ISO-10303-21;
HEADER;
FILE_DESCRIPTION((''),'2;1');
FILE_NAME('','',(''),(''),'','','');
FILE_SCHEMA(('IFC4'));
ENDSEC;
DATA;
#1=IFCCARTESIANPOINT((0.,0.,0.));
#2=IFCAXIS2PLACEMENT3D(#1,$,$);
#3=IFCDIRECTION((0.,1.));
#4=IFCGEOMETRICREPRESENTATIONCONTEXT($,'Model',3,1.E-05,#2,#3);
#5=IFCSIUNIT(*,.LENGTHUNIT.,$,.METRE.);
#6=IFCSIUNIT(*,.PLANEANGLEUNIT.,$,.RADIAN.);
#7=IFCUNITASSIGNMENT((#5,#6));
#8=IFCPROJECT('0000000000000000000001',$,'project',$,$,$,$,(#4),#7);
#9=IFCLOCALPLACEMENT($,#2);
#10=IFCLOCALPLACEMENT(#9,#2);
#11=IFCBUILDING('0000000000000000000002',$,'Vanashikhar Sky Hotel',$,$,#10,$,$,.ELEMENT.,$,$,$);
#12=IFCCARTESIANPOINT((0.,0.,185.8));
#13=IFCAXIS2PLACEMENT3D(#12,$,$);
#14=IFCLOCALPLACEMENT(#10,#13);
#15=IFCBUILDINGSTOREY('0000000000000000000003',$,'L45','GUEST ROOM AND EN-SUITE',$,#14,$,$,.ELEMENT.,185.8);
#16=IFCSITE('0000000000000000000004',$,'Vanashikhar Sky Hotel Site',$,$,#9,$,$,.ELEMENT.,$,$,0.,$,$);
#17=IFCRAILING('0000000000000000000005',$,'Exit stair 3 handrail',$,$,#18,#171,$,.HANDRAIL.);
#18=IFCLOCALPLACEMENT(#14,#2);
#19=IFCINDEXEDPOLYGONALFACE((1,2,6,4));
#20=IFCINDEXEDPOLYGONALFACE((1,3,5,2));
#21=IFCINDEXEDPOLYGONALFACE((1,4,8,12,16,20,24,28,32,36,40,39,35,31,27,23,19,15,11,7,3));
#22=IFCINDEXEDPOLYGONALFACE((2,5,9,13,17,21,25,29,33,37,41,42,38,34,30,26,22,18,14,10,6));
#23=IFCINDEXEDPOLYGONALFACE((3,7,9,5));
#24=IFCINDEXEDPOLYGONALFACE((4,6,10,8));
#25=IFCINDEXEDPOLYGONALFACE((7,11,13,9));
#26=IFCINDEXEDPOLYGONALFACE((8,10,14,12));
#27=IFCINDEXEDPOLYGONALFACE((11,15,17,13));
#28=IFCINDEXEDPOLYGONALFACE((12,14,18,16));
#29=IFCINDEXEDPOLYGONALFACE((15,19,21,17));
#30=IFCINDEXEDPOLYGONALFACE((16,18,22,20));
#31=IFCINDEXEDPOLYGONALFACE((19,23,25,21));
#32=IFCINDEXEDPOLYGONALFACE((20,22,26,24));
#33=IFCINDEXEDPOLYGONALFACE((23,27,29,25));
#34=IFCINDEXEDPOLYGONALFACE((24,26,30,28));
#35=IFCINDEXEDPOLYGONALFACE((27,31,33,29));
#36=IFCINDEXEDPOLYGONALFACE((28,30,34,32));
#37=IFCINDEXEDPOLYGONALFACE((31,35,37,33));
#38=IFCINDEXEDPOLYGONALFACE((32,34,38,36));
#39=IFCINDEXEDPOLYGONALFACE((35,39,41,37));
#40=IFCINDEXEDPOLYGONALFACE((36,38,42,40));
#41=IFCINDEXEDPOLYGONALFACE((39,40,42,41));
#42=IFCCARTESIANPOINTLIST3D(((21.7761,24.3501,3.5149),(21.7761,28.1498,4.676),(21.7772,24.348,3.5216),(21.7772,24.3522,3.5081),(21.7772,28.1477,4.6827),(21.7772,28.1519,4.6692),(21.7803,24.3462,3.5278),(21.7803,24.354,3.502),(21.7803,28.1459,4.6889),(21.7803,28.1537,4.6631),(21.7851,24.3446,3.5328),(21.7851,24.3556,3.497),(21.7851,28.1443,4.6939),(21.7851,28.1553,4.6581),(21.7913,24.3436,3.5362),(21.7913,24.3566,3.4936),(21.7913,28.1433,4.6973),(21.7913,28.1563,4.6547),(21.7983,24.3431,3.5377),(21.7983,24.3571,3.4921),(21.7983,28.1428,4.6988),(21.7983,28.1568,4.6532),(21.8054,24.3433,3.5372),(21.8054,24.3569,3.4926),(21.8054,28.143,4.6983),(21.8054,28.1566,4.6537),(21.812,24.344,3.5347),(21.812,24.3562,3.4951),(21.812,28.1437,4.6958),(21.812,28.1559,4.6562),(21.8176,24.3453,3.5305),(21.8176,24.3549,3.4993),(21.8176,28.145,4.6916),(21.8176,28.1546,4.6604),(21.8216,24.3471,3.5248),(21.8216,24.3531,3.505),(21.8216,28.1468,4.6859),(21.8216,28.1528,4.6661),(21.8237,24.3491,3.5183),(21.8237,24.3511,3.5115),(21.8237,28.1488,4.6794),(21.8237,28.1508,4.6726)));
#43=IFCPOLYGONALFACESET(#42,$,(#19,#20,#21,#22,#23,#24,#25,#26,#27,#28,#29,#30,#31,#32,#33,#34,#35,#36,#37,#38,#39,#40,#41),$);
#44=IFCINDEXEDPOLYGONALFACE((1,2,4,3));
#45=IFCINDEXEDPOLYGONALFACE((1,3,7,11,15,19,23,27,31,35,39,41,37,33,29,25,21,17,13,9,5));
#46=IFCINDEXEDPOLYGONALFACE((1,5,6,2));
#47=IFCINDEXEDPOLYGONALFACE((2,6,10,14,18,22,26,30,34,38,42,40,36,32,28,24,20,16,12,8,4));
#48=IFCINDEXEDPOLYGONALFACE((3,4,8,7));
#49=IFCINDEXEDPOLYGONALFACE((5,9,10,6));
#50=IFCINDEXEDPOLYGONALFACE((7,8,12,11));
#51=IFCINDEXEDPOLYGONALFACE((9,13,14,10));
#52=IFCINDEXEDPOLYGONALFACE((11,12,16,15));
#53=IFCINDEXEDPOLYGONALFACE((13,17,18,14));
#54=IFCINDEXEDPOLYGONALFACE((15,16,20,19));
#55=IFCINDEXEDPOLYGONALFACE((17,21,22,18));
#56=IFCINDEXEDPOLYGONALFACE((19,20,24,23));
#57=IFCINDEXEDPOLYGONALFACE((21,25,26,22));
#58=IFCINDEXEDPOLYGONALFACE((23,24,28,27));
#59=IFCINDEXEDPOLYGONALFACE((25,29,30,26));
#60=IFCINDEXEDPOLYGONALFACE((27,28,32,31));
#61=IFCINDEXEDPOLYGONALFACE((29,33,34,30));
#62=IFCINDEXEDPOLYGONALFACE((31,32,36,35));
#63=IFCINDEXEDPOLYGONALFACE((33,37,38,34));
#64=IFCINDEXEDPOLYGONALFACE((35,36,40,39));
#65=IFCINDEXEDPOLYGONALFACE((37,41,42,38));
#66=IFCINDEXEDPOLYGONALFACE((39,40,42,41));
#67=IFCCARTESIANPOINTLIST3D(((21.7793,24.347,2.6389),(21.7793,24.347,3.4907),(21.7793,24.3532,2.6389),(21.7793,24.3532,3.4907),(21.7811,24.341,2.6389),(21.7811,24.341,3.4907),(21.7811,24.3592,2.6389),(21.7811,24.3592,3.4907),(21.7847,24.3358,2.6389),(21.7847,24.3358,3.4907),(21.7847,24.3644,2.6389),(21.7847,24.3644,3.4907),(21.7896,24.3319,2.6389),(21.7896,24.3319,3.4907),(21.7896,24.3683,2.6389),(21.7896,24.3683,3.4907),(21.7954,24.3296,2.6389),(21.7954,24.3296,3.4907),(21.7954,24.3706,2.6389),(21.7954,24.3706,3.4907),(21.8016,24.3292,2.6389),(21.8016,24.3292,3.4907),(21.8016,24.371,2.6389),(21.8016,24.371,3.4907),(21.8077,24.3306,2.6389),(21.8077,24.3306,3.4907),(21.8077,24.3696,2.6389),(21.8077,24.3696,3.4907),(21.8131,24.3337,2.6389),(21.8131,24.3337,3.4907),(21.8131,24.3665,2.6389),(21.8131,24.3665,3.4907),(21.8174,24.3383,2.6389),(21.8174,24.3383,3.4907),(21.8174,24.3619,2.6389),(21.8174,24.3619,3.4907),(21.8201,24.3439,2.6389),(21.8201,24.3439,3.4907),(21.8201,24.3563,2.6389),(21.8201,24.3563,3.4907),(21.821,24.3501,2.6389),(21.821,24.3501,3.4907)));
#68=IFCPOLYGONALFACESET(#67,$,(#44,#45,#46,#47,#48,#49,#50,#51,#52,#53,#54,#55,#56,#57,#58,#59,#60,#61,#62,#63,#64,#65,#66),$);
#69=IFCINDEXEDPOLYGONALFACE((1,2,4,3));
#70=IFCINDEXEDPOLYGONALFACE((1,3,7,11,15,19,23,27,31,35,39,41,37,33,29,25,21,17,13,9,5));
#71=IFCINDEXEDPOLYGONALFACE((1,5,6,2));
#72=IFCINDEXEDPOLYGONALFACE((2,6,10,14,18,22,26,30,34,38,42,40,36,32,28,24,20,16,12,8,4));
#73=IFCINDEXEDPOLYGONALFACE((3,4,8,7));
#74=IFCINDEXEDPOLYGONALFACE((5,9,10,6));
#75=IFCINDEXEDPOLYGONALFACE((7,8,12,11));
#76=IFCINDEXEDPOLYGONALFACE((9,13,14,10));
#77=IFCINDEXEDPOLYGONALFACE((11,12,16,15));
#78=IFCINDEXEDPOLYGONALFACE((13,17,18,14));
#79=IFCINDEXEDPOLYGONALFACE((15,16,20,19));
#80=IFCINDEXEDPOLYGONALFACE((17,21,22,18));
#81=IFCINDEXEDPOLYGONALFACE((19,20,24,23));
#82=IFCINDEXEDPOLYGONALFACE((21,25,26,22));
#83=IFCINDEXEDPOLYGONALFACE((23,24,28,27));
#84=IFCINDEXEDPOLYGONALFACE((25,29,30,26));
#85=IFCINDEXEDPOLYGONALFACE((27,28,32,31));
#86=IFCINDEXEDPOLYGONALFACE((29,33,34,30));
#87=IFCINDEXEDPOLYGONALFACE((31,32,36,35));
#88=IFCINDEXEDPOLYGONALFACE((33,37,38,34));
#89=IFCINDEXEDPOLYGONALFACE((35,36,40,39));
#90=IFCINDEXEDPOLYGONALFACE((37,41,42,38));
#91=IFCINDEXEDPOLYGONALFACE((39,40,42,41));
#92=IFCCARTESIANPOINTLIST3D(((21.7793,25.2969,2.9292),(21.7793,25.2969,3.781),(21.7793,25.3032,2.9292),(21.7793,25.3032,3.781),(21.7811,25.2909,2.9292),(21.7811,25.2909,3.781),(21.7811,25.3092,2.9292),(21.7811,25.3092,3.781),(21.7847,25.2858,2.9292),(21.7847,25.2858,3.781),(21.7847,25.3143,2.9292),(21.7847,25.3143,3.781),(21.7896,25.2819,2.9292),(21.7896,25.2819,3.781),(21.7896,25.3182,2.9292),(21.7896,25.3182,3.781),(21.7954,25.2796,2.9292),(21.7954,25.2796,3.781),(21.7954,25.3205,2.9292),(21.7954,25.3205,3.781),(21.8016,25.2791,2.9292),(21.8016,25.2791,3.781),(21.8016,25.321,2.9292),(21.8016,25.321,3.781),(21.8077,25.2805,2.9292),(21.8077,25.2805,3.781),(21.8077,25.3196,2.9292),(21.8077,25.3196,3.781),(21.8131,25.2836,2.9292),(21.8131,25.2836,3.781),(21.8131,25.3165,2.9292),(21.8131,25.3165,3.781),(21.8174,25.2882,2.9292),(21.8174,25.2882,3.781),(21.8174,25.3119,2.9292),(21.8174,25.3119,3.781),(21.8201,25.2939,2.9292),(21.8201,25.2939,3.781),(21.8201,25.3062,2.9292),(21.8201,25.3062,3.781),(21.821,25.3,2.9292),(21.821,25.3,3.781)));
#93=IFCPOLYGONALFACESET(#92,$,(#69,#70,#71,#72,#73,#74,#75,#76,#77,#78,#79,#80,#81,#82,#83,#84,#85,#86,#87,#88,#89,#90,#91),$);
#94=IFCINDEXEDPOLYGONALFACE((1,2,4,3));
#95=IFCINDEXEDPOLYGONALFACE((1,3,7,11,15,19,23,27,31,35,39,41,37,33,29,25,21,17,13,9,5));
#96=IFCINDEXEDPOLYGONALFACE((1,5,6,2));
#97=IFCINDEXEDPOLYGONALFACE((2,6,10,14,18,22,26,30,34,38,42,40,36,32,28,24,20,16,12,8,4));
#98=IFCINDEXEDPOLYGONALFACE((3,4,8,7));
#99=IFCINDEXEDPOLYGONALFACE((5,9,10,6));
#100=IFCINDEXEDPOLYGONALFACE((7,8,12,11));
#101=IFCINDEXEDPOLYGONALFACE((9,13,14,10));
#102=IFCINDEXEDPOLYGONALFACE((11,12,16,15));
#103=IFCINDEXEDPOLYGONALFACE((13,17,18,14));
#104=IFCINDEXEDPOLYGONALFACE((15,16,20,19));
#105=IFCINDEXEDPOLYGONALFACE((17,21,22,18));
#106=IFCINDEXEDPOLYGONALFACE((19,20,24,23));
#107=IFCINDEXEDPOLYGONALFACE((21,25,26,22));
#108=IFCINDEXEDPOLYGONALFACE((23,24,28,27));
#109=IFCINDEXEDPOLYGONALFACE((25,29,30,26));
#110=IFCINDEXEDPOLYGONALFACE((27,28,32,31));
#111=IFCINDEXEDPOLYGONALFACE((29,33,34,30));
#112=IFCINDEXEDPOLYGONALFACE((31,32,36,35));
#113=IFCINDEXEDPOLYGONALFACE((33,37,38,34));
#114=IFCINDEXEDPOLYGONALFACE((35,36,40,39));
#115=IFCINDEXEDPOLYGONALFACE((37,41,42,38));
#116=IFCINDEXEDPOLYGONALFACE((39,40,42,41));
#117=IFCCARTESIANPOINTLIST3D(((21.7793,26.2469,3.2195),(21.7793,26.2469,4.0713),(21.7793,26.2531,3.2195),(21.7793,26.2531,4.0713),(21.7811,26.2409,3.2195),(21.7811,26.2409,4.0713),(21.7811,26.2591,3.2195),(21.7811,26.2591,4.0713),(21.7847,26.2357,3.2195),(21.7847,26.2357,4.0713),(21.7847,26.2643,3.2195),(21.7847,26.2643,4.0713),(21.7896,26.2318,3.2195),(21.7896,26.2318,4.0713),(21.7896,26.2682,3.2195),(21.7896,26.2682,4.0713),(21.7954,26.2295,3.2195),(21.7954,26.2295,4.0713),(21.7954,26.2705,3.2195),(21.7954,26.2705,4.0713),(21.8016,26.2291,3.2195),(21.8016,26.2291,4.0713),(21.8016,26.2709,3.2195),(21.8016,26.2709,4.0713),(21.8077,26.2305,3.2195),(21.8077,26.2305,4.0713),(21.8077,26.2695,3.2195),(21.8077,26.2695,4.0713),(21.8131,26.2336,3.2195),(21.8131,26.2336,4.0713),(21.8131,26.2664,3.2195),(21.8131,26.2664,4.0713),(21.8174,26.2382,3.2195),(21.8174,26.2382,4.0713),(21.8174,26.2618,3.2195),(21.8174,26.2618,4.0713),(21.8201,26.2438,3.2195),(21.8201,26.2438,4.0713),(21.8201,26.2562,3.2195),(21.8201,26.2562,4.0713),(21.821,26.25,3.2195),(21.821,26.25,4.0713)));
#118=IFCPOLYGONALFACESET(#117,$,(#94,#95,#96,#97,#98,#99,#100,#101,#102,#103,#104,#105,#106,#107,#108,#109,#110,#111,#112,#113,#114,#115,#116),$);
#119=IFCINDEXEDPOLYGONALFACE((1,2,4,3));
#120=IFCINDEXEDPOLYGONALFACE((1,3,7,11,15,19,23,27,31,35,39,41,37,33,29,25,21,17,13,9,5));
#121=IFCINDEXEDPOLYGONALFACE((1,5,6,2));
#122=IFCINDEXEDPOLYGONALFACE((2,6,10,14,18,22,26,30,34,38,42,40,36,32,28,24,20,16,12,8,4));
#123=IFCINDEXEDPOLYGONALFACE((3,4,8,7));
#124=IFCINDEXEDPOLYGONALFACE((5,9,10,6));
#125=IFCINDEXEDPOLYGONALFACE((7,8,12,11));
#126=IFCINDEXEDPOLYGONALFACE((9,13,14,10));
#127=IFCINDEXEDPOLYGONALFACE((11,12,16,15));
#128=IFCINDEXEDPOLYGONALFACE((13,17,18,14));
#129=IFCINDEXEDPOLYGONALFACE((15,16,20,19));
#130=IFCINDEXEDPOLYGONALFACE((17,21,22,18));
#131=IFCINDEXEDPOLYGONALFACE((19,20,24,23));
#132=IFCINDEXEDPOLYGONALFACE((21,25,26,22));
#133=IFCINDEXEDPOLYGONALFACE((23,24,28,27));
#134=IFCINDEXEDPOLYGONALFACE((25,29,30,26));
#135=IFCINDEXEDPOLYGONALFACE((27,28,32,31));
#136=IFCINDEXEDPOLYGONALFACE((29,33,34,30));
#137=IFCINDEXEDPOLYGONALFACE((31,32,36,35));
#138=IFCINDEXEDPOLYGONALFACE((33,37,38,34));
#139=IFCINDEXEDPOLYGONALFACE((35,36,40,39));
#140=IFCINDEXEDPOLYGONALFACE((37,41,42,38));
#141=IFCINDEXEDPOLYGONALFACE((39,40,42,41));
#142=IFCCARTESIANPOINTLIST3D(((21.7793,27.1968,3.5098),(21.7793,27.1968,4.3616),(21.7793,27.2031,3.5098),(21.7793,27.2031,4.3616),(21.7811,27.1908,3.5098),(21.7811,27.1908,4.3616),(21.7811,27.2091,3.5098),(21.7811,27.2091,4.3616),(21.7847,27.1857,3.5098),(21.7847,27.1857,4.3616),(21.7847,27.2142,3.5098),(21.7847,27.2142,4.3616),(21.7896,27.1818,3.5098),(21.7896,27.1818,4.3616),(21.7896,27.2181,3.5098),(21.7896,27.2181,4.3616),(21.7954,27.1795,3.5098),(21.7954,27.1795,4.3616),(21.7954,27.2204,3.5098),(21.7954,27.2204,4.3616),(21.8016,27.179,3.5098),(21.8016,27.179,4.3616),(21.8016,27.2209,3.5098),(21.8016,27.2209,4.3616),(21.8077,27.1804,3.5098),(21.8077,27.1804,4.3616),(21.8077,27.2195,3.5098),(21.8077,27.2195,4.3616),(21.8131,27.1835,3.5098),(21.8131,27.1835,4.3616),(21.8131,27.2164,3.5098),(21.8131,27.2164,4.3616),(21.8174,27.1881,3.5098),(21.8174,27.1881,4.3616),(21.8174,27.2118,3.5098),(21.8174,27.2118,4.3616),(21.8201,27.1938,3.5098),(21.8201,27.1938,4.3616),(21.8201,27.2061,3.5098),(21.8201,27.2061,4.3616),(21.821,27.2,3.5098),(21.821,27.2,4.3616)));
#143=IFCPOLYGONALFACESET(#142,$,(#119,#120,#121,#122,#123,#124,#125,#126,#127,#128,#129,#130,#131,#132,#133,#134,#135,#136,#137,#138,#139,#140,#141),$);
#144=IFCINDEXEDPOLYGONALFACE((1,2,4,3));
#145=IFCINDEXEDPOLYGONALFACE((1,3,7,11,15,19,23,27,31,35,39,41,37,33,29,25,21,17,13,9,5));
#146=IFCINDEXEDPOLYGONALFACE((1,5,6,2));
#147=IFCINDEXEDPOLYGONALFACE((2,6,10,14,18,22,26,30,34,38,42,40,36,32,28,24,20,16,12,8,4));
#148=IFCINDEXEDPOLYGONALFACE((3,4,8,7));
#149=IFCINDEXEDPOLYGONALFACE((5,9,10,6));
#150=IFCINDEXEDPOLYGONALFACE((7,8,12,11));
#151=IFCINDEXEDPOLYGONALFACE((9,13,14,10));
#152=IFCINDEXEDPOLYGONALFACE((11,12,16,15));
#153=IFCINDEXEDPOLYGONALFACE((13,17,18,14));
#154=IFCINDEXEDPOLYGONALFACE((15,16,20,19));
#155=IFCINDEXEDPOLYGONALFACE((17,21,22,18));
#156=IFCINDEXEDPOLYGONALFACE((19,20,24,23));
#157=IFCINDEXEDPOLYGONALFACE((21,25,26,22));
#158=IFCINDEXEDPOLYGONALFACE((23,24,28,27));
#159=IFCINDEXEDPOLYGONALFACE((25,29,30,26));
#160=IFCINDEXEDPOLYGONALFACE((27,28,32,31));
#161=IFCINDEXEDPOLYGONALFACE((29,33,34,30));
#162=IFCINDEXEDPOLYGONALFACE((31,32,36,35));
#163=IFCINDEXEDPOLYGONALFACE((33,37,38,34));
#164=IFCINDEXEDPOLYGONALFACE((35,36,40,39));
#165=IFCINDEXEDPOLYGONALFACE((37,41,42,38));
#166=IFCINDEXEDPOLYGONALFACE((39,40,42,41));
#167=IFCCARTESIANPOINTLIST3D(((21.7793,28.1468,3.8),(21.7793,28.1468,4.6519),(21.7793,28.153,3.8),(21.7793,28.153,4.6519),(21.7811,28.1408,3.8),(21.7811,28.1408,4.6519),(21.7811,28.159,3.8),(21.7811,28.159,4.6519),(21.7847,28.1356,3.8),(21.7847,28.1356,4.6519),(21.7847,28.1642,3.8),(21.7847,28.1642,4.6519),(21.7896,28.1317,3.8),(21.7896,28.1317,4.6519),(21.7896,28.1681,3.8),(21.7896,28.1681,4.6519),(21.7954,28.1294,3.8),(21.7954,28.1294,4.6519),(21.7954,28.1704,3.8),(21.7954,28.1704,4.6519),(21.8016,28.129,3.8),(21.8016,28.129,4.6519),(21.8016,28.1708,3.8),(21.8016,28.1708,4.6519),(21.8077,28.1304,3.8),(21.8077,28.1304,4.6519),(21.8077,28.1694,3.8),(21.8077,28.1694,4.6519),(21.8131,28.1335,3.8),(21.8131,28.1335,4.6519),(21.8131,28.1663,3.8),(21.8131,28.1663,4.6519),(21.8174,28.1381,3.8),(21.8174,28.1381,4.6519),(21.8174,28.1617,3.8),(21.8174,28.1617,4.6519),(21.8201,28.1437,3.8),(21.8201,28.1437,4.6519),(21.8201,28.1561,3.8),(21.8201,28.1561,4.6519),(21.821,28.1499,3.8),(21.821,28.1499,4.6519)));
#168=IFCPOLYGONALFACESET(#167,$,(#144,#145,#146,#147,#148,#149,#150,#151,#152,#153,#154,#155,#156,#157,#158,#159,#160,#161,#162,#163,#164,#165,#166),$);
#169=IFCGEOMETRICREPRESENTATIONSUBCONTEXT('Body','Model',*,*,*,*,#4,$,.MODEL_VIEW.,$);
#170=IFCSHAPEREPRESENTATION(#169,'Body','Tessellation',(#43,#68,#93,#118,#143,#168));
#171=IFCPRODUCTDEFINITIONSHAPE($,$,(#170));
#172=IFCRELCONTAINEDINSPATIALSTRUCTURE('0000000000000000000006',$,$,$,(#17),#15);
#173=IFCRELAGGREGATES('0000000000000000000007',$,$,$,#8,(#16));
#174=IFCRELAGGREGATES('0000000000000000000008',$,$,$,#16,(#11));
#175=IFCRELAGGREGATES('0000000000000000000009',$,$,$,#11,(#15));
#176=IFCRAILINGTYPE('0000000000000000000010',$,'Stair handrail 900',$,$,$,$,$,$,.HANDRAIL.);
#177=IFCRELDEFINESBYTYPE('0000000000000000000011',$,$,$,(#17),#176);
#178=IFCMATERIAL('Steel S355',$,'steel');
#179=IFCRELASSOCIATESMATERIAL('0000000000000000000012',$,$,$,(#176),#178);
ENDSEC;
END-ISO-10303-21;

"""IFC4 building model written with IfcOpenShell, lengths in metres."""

from ifc_helpers import new_model, si_unit, direction, frame, origin, origin_2d, place, context, subcontext, project, spatial, circle, extrude, source, transform, mapped, material, type_object, element, save


model = new_model("IFC4")

# Units and contexts
model_context = context("Model", 3, precision=1e-05, world=origin(), true_north=direction((0.0, 1.0)))
body_context = subcontext(model_context, "Body", "Model", "MODEL_VIEW")
ifc_project = project(units=[si_unit("LENGTHUNIT", "METRE"), si_unit("PLANEANGLEUNIT", "RADIAN")], contexts=[model_context])

# Site, building, storey
site_placement = place(None, origin())
site = spatial("IfcSite", under=ifc_project, at=site_placement, Name="Vanashikhar Sky Hotel Site", CompositionType="ELEMENT", RefElevation=0.0)
building_placement = place(site_placement, origin())
building = spatial("IfcBuilding", under=site, at=building_placement, Name="Vanashikhar Sky Hotel", CompositionType="ELEMENT")
storey_placement = place(building_placement, frame((0.0, 0.0, 185.8)))
storey = spatial("IfcBuildingStorey", under=building, at=storey_placement, Name="L45", Description="GUEST ROOM AND EN-SUITE", CompositionType="ELEMENT", Elevation=185.8)

# Railing
ifc_material_1 = material(Name="Steel S355", Category="steel")
railing_type = type_object("IfcRailingType", Name="Stair handrail 900", PredefinedType="HANDRAIL", material=ifc_material_1)
shared_shape_1 = source(origin(), body_context, "Body", "SweptSolid", [
    extrude(circle(Radius=0.0239, at=origin_2d()), frame((0.0, 0.0, 0.876), z_axis=(0.0, 0.956346, 0.292237), x_axis=(-1.0, 0.0, 0.0)), (0.0, 0.0, 1.0), 3.9731),
    extrude(circle(Radius=0.021, at=origin_2d()), origin(), (0.0, 0.0, 1.0), 0.8518),
    extrude(circle(Radius=0.021, at=origin_2d()), frame((0.0, 0.95, 0.2903)), (0.0, 0.0, 1.0), 0.8518),
    extrude(circle(Radius=0.021, at=origin_2d()), frame((0.0, 1.8999, 0.5806)), (0.0, 0.0, 1.0), 0.8518),
    extrude(circle(Radius=0.021, at=origin_2d()), frame((0.0, 2.8499, 0.8708)), (0.0, 0.0, 1.0), 0.8518),
    extrude(circle(Radius=0.021, at=origin_2d()), frame((0.0, 3.7998, 1.1611)), (0.0, 0.0, 1.0), 0.8518),
])
railing_1_placement = place(storey_placement, frame((21.8, 24.3501, 2.6389)))
element("IfcRailing", 1, at=railing_1_placement, inside=storey, type_object=railing_type, Name="Exit stair 3 handrail", PredefinedType="HANDRAIL", context=body_context, shape_type="MappedRepresentation", body=[
    mapped(shared_shape_1, transform((0.0, 0.0, 0.0), scale=1.0)),
])

save(model, "model.ifc")
